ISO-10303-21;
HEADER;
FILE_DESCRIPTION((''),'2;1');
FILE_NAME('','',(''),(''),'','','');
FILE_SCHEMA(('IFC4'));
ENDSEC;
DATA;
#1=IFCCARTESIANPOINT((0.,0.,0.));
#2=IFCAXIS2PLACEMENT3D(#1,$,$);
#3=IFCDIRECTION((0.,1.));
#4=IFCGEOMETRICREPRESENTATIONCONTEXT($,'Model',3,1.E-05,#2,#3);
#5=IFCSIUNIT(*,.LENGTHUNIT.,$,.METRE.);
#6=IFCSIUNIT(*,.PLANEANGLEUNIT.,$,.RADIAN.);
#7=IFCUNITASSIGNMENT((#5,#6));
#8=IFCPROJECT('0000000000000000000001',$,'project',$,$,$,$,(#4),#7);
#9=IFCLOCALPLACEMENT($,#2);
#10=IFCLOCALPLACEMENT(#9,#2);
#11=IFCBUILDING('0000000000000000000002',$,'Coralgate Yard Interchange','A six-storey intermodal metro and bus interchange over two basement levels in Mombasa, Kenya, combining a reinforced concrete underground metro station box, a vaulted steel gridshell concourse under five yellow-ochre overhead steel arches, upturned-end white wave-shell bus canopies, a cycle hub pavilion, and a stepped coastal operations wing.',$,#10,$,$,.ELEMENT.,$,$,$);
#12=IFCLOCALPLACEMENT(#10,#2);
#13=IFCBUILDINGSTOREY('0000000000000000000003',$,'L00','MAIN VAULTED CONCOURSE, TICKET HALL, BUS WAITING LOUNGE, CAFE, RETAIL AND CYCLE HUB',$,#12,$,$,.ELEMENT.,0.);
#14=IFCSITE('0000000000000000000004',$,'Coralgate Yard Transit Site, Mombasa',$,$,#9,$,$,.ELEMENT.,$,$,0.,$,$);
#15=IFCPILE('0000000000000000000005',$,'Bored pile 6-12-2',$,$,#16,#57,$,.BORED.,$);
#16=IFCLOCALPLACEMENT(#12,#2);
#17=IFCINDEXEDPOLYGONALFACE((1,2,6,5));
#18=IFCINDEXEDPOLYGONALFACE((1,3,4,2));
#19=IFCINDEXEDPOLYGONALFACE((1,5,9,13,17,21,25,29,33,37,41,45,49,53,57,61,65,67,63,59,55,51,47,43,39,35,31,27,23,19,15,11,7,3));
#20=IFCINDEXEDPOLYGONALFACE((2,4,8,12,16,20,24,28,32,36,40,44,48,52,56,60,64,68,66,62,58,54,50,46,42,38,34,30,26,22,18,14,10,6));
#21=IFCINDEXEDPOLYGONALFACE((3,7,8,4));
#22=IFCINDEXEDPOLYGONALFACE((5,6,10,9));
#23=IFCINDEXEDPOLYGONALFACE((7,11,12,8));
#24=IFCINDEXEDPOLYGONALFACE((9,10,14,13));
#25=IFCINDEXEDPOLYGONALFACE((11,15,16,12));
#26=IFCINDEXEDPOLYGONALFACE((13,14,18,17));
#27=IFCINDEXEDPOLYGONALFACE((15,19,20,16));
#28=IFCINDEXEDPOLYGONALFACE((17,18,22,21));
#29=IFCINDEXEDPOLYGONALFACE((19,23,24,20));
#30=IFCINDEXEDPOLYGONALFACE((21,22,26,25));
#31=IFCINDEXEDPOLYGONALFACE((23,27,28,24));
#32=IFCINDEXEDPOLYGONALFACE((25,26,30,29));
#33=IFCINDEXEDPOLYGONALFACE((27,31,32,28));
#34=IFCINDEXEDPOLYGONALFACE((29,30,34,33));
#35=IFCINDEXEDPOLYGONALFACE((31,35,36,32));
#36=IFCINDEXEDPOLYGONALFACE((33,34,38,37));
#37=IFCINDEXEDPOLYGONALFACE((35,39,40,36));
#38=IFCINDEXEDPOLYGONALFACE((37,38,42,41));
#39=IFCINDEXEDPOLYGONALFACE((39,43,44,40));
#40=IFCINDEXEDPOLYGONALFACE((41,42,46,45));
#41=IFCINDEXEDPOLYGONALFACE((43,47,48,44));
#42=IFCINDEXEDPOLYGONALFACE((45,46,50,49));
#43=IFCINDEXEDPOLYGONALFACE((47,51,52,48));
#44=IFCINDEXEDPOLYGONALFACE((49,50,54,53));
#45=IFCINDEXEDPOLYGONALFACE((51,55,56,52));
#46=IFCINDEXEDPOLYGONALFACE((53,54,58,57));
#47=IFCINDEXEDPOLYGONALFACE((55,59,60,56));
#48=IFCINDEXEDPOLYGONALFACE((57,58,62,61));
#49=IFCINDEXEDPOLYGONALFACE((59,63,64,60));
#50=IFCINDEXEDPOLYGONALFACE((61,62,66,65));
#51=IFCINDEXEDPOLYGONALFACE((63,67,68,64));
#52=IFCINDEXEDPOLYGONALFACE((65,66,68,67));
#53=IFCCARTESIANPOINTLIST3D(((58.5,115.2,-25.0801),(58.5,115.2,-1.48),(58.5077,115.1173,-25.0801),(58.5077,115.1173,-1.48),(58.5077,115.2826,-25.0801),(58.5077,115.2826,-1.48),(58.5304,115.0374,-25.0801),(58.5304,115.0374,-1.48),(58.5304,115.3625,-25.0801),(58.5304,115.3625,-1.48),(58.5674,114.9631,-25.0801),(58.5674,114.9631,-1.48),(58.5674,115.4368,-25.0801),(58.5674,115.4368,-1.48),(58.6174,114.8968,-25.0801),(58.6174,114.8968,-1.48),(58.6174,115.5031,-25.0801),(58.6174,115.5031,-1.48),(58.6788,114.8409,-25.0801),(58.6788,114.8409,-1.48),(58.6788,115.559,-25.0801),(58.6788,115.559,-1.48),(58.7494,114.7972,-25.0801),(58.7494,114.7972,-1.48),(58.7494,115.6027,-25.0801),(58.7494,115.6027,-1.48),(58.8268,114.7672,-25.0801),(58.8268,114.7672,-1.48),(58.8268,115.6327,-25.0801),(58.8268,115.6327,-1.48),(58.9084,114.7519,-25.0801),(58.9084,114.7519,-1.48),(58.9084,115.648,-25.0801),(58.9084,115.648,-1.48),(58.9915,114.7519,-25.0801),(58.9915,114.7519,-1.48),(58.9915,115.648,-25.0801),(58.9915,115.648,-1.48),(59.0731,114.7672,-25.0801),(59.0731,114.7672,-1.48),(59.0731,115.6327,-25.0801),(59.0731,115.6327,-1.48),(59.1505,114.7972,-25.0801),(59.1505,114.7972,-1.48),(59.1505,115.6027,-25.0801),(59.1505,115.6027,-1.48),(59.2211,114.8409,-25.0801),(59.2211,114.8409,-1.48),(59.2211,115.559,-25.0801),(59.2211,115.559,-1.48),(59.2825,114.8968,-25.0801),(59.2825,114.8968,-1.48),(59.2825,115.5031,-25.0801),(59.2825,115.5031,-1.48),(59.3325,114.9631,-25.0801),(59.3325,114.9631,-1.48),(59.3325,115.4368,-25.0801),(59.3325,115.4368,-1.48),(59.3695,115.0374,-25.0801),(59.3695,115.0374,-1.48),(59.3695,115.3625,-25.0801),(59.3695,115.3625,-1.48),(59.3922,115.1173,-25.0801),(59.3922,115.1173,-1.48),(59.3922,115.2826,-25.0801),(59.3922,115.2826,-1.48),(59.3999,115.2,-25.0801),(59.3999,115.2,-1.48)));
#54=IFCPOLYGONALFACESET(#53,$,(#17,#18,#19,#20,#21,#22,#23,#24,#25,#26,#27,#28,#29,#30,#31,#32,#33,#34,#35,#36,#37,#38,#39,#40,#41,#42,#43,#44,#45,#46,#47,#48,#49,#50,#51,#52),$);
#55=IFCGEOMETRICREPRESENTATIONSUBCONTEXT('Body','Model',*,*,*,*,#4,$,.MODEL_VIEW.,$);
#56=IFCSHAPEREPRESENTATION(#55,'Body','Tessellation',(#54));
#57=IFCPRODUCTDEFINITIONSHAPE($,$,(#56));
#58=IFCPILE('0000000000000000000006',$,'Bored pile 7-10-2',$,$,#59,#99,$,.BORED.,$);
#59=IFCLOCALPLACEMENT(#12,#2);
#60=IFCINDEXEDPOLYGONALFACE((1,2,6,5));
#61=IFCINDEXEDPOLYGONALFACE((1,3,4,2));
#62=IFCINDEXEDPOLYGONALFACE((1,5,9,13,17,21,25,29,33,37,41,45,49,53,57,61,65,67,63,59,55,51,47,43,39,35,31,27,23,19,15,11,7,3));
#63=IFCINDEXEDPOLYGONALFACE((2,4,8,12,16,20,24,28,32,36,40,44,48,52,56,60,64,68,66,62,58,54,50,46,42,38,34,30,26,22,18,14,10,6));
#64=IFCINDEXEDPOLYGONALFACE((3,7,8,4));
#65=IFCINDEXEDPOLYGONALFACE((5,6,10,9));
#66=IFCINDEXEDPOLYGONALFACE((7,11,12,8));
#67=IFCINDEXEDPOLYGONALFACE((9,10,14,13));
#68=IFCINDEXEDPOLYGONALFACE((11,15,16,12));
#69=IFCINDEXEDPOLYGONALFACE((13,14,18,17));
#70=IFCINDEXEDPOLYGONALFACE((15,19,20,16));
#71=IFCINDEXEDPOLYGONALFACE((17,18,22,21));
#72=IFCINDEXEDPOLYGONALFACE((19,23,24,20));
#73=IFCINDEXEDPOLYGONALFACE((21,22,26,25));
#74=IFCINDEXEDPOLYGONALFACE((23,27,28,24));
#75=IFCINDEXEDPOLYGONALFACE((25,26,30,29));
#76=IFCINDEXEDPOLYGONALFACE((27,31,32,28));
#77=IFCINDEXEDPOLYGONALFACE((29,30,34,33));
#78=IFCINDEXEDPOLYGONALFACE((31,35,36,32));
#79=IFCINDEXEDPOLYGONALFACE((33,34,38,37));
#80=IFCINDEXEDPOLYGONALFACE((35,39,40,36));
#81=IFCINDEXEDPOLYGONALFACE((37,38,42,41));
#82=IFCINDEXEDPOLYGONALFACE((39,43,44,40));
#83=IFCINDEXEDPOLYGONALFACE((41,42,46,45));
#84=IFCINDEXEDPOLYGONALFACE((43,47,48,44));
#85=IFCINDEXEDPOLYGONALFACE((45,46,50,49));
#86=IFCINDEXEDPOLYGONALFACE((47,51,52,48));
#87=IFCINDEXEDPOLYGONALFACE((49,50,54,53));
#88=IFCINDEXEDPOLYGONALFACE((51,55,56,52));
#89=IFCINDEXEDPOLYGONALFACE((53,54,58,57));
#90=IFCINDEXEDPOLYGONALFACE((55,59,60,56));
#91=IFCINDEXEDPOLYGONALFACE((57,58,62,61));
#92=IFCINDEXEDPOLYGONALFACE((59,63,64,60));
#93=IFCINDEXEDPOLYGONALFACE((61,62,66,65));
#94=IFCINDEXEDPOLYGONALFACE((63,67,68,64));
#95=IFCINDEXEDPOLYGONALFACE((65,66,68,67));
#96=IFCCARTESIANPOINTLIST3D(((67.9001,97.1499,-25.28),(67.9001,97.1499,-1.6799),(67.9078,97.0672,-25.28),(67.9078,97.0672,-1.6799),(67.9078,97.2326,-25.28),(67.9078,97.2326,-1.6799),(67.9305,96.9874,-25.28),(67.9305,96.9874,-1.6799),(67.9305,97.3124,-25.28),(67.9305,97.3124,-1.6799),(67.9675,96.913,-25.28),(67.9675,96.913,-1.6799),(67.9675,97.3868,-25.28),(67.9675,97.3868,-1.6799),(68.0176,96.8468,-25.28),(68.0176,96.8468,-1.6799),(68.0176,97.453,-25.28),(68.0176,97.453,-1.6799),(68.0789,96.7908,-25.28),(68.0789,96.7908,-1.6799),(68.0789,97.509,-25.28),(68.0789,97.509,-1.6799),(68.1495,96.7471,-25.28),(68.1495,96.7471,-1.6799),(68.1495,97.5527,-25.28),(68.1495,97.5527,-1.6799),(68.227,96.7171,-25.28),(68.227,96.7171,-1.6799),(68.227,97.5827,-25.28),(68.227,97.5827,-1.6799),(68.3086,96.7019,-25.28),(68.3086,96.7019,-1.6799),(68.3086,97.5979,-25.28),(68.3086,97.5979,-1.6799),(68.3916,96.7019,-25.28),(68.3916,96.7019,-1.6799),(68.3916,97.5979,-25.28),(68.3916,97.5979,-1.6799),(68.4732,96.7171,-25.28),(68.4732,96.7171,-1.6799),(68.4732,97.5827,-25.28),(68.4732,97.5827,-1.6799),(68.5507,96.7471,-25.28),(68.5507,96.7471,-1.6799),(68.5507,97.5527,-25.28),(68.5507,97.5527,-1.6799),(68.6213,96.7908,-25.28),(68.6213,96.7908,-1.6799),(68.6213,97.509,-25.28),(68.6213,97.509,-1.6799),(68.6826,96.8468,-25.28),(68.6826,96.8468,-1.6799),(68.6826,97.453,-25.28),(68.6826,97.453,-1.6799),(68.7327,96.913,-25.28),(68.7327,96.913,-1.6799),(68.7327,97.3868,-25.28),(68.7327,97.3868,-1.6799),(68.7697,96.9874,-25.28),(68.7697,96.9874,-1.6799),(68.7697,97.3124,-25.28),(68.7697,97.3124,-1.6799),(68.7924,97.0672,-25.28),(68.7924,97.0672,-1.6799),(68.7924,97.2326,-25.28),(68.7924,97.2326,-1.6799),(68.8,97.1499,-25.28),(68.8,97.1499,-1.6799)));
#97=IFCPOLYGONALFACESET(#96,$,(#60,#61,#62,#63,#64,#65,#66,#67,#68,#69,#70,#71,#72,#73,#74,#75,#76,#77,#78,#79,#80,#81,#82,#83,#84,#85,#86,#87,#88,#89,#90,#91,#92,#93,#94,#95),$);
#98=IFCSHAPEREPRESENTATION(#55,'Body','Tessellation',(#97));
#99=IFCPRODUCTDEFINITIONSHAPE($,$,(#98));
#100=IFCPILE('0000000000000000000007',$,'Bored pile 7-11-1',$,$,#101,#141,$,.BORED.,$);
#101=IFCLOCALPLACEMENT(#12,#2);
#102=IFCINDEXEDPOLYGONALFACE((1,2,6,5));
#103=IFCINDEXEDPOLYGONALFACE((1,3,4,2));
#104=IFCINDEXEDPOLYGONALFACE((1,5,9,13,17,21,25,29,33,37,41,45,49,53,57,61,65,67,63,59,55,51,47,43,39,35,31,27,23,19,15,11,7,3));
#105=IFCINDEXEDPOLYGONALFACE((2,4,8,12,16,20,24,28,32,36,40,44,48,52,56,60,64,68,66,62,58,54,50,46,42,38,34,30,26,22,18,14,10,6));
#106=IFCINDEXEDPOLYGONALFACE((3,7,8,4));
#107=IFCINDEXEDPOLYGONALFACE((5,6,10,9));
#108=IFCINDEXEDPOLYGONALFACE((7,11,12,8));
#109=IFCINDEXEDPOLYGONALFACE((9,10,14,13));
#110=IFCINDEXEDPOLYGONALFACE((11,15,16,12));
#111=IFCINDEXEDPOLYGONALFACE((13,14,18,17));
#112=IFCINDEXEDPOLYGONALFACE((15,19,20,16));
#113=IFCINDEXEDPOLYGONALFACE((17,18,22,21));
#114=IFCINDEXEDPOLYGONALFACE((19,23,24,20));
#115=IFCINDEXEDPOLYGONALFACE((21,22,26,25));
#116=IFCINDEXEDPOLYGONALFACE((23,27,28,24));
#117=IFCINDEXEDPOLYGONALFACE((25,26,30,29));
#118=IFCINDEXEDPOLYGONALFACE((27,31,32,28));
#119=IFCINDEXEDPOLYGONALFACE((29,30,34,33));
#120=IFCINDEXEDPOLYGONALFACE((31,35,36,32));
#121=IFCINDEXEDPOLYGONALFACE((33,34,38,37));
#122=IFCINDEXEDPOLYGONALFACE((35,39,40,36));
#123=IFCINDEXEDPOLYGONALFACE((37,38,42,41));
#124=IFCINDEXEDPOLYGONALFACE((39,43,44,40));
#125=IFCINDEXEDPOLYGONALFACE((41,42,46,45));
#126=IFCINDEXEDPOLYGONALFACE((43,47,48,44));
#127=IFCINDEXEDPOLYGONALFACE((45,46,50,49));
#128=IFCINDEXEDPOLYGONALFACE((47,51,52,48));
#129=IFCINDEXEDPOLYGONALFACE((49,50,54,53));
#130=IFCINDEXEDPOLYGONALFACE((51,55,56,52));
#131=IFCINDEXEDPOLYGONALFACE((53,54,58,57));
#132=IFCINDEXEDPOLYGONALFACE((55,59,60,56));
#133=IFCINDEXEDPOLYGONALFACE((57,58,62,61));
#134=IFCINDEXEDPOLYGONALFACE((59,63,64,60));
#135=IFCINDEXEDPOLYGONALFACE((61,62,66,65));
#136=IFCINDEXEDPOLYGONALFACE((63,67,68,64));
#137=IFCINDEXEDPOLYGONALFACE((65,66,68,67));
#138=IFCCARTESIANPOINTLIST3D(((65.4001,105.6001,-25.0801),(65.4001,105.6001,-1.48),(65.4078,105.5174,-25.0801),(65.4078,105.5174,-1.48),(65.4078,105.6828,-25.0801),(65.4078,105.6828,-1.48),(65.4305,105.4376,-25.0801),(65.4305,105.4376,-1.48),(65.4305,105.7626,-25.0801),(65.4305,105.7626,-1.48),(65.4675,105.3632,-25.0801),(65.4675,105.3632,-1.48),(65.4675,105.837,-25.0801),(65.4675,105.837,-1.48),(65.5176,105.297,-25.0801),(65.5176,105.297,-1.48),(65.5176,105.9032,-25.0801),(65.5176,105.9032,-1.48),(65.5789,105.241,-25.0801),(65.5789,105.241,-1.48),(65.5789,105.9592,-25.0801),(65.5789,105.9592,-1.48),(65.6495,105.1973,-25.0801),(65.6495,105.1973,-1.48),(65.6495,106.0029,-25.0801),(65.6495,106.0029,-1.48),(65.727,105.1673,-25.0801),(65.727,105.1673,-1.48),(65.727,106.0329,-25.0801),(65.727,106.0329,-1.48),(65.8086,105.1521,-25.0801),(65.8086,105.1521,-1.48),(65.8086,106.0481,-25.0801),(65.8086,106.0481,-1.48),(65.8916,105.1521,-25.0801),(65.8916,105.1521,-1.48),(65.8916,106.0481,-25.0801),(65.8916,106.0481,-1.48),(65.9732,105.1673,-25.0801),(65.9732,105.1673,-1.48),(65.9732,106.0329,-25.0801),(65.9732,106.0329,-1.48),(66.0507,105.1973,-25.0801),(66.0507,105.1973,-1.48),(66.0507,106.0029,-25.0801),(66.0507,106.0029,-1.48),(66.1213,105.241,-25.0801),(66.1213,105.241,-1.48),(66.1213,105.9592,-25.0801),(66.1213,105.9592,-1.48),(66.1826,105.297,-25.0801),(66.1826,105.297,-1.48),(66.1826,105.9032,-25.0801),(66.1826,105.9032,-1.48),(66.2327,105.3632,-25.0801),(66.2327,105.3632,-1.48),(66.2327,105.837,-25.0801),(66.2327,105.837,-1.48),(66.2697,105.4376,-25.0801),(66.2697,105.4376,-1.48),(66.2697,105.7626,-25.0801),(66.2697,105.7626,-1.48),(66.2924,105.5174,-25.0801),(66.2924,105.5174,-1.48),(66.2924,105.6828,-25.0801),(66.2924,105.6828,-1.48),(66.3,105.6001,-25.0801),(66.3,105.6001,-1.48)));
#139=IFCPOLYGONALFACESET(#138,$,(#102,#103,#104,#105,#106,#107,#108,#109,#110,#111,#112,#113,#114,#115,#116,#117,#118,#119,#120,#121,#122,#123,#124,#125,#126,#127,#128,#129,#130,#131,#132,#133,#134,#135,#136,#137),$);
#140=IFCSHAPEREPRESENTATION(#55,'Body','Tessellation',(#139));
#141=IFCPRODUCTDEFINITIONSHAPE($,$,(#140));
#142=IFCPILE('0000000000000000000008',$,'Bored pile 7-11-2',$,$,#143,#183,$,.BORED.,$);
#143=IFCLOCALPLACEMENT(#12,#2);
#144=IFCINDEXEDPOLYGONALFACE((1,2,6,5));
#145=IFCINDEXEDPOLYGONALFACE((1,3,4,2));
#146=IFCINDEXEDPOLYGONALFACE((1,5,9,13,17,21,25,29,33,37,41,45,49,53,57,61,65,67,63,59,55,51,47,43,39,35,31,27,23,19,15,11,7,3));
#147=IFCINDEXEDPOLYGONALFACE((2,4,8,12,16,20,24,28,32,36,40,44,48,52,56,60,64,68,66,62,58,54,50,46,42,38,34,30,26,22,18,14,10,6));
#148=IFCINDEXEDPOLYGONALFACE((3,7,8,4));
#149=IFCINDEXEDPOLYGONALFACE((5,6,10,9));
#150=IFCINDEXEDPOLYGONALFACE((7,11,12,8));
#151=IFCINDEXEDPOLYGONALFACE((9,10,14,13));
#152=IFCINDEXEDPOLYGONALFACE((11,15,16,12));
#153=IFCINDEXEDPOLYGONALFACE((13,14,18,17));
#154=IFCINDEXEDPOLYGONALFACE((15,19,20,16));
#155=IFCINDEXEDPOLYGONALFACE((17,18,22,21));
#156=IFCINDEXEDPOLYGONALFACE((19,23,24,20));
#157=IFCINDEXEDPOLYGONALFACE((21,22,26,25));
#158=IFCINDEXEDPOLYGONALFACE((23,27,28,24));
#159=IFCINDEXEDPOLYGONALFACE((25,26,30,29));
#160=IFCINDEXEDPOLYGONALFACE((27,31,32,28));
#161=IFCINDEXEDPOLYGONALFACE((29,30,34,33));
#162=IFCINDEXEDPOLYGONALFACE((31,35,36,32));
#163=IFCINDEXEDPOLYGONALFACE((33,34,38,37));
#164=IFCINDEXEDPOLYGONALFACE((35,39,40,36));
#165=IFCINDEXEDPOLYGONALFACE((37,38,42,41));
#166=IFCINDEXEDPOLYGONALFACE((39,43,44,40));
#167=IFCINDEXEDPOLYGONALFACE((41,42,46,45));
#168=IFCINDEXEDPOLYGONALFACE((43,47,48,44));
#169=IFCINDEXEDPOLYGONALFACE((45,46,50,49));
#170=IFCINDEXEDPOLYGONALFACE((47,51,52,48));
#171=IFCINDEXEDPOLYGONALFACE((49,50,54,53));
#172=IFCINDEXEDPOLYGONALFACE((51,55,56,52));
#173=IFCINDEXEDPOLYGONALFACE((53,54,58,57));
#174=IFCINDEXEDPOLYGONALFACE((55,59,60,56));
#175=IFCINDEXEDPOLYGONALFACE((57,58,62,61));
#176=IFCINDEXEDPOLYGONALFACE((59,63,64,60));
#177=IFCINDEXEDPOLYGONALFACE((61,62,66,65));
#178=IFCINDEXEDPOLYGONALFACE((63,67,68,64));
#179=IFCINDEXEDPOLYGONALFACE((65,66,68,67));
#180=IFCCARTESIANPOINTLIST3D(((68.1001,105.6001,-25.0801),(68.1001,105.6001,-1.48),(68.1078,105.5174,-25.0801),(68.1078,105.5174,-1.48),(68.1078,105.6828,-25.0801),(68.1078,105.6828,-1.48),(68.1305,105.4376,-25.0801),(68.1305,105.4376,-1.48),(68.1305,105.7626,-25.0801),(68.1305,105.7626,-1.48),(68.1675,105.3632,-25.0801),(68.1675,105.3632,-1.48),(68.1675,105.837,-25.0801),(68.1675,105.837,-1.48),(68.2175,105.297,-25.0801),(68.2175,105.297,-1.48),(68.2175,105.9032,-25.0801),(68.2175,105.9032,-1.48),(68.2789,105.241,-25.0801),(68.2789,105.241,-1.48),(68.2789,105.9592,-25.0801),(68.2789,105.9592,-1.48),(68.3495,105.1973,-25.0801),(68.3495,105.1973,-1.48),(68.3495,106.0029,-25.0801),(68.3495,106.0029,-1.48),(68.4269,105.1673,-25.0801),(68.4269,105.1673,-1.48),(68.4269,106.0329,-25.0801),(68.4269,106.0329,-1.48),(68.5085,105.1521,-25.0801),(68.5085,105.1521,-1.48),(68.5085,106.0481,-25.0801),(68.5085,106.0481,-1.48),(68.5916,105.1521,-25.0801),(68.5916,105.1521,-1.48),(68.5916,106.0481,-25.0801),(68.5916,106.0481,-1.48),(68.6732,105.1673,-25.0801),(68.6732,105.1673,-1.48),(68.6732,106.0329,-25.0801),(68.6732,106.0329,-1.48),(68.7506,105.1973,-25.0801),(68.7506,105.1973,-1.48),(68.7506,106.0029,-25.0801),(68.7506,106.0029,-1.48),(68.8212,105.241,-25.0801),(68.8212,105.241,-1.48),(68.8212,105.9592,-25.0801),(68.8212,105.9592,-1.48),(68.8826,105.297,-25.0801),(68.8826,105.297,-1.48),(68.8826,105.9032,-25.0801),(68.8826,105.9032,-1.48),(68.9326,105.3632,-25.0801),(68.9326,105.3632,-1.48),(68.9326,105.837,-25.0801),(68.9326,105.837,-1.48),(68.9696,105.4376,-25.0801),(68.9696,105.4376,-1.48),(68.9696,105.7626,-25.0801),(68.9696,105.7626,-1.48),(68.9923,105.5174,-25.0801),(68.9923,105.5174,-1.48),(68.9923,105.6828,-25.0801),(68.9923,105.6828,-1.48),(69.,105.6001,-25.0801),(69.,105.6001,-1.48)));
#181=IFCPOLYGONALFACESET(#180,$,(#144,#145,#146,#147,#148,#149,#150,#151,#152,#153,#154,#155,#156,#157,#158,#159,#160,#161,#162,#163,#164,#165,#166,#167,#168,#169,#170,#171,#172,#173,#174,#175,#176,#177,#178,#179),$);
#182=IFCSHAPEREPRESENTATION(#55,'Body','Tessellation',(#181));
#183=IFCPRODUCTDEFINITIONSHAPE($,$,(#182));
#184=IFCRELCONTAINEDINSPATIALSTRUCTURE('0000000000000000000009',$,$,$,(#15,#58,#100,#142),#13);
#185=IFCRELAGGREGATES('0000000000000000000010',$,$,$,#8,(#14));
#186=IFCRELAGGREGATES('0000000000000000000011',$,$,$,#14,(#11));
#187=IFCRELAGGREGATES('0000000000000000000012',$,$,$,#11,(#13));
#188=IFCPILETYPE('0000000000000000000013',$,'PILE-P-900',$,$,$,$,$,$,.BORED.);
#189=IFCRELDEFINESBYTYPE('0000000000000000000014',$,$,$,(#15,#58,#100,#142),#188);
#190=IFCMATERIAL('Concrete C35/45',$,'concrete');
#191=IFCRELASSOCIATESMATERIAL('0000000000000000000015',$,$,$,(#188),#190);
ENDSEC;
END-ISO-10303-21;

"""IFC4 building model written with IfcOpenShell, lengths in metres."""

from ifc_helpers import new_model, si_unit, direction, frame, origin, origin_2d, place, context, subcontext, project, spatial, circle, extrude, material, material_profile, profile_set, type_object, element, save


model = new_model("IFC4")

# Units and contexts
model_context = context("Model", 3, precision=1e-05, world=origin(), true_north=direction((0.0, 1.0)))
body_context = subcontext(model_context, "Body", "Model", "MODEL_VIEW")
ifc_project = project(units=[si_unit("LENGTHUNIT", "METRE"), si_unit("PLANEANGLEUNIT", "RADIAN")], contexts=[model_context])

# Site, building, storey
site_placement = place(None, origin())
site = spatial("IfcSite", under=ifc_project, at=site_placement, Name="Coralgate Yard Transit Site, Mombasa", CompositionType="ELEMENT", RefElevation=0.0)
building_placement = place(site_placement, origin())
building = spatial("IfcBuilding", under=site, at=building_placement, Name="Coralgate Yard Interchange", Description="A six-storey intermodal metro and bus interchange over two basement levels in Mombasa, Kenya, combining a reinforced concrete underground metro station box, a vaulted steel gridshell concourse under five yellow-ochre overhead steel arches, upturned-end white wave-shell bus canopies, a cycle hub pavilion, and a stepped coastal operations wing.", CompositionType="ELEMENT")
storey_placement = place(building_placement, origin())
storey = spatial("IfcBuildingStorey", under=building, at=storey_placement, Name="L00", Description="MAIN VAULTED CONCOURSE, TICKET HALL, BUS WAITING LOUNGE, CAFE, RETAIL AND CYCLE HUB", CompositionType="ELEMENT", Elevation=0.0)

# Piles
ifc_material_1 = material(Name="Concrete C35/45", Category="concrete")
ifc_material_profile_1 = material_profile(ifc_material_1, circle(Radius=0.45, at=origin_2d()), Name="BORED PILE D900")
ifc_profile_set_1 = profile_set([ifc_material_profile_1], Name="Concrete C35/45")
pile_type = type_object("IfcPileType", Name="PILE-P-900", PredefinedType="BORED", material=ifc_profile_set_1)
for number, where, z_axis, x_axis, name in (
    (1, (58.95, 115.2, -1.48), (0.0, 0.0, -1.0), (1.0, 0.0, 0.0), "Bored pile 6-12-2"),
    (2, (68.3501, 97.1499, -1.6799), (0.0, 0.0, -1.0), (1.0, 0.0, 0.0), "Bored pile 7-10-2"),
    (3, (65.8501, 105.6001, -1.48), (0.0, 0.0, -1.0), (1.0, 0.0, 0.0), "Bored pile 7-11-1"),
    (4, (68.55, 105.6001, -1.48), (0.0, 0.0, -1.0), (1.0, 0.0, 0.0), "Bored pile 7-11-2"),
):
    element("IfcPile", number, at=place(storey_placement, frame(where, z_axis=z_axis, x_axis=x_axis)), inside=storey, type_object=pile_type, Name=name, PredefinedType="BORED", context=body_context, shape_type="SweptSolid", body=[
        extrude(circle(Radius=0.45, at=origin_2d()), origin(), (0.0, 0.0, 1.0), 23.6001),
    ])

save(model, "model.ifc")
